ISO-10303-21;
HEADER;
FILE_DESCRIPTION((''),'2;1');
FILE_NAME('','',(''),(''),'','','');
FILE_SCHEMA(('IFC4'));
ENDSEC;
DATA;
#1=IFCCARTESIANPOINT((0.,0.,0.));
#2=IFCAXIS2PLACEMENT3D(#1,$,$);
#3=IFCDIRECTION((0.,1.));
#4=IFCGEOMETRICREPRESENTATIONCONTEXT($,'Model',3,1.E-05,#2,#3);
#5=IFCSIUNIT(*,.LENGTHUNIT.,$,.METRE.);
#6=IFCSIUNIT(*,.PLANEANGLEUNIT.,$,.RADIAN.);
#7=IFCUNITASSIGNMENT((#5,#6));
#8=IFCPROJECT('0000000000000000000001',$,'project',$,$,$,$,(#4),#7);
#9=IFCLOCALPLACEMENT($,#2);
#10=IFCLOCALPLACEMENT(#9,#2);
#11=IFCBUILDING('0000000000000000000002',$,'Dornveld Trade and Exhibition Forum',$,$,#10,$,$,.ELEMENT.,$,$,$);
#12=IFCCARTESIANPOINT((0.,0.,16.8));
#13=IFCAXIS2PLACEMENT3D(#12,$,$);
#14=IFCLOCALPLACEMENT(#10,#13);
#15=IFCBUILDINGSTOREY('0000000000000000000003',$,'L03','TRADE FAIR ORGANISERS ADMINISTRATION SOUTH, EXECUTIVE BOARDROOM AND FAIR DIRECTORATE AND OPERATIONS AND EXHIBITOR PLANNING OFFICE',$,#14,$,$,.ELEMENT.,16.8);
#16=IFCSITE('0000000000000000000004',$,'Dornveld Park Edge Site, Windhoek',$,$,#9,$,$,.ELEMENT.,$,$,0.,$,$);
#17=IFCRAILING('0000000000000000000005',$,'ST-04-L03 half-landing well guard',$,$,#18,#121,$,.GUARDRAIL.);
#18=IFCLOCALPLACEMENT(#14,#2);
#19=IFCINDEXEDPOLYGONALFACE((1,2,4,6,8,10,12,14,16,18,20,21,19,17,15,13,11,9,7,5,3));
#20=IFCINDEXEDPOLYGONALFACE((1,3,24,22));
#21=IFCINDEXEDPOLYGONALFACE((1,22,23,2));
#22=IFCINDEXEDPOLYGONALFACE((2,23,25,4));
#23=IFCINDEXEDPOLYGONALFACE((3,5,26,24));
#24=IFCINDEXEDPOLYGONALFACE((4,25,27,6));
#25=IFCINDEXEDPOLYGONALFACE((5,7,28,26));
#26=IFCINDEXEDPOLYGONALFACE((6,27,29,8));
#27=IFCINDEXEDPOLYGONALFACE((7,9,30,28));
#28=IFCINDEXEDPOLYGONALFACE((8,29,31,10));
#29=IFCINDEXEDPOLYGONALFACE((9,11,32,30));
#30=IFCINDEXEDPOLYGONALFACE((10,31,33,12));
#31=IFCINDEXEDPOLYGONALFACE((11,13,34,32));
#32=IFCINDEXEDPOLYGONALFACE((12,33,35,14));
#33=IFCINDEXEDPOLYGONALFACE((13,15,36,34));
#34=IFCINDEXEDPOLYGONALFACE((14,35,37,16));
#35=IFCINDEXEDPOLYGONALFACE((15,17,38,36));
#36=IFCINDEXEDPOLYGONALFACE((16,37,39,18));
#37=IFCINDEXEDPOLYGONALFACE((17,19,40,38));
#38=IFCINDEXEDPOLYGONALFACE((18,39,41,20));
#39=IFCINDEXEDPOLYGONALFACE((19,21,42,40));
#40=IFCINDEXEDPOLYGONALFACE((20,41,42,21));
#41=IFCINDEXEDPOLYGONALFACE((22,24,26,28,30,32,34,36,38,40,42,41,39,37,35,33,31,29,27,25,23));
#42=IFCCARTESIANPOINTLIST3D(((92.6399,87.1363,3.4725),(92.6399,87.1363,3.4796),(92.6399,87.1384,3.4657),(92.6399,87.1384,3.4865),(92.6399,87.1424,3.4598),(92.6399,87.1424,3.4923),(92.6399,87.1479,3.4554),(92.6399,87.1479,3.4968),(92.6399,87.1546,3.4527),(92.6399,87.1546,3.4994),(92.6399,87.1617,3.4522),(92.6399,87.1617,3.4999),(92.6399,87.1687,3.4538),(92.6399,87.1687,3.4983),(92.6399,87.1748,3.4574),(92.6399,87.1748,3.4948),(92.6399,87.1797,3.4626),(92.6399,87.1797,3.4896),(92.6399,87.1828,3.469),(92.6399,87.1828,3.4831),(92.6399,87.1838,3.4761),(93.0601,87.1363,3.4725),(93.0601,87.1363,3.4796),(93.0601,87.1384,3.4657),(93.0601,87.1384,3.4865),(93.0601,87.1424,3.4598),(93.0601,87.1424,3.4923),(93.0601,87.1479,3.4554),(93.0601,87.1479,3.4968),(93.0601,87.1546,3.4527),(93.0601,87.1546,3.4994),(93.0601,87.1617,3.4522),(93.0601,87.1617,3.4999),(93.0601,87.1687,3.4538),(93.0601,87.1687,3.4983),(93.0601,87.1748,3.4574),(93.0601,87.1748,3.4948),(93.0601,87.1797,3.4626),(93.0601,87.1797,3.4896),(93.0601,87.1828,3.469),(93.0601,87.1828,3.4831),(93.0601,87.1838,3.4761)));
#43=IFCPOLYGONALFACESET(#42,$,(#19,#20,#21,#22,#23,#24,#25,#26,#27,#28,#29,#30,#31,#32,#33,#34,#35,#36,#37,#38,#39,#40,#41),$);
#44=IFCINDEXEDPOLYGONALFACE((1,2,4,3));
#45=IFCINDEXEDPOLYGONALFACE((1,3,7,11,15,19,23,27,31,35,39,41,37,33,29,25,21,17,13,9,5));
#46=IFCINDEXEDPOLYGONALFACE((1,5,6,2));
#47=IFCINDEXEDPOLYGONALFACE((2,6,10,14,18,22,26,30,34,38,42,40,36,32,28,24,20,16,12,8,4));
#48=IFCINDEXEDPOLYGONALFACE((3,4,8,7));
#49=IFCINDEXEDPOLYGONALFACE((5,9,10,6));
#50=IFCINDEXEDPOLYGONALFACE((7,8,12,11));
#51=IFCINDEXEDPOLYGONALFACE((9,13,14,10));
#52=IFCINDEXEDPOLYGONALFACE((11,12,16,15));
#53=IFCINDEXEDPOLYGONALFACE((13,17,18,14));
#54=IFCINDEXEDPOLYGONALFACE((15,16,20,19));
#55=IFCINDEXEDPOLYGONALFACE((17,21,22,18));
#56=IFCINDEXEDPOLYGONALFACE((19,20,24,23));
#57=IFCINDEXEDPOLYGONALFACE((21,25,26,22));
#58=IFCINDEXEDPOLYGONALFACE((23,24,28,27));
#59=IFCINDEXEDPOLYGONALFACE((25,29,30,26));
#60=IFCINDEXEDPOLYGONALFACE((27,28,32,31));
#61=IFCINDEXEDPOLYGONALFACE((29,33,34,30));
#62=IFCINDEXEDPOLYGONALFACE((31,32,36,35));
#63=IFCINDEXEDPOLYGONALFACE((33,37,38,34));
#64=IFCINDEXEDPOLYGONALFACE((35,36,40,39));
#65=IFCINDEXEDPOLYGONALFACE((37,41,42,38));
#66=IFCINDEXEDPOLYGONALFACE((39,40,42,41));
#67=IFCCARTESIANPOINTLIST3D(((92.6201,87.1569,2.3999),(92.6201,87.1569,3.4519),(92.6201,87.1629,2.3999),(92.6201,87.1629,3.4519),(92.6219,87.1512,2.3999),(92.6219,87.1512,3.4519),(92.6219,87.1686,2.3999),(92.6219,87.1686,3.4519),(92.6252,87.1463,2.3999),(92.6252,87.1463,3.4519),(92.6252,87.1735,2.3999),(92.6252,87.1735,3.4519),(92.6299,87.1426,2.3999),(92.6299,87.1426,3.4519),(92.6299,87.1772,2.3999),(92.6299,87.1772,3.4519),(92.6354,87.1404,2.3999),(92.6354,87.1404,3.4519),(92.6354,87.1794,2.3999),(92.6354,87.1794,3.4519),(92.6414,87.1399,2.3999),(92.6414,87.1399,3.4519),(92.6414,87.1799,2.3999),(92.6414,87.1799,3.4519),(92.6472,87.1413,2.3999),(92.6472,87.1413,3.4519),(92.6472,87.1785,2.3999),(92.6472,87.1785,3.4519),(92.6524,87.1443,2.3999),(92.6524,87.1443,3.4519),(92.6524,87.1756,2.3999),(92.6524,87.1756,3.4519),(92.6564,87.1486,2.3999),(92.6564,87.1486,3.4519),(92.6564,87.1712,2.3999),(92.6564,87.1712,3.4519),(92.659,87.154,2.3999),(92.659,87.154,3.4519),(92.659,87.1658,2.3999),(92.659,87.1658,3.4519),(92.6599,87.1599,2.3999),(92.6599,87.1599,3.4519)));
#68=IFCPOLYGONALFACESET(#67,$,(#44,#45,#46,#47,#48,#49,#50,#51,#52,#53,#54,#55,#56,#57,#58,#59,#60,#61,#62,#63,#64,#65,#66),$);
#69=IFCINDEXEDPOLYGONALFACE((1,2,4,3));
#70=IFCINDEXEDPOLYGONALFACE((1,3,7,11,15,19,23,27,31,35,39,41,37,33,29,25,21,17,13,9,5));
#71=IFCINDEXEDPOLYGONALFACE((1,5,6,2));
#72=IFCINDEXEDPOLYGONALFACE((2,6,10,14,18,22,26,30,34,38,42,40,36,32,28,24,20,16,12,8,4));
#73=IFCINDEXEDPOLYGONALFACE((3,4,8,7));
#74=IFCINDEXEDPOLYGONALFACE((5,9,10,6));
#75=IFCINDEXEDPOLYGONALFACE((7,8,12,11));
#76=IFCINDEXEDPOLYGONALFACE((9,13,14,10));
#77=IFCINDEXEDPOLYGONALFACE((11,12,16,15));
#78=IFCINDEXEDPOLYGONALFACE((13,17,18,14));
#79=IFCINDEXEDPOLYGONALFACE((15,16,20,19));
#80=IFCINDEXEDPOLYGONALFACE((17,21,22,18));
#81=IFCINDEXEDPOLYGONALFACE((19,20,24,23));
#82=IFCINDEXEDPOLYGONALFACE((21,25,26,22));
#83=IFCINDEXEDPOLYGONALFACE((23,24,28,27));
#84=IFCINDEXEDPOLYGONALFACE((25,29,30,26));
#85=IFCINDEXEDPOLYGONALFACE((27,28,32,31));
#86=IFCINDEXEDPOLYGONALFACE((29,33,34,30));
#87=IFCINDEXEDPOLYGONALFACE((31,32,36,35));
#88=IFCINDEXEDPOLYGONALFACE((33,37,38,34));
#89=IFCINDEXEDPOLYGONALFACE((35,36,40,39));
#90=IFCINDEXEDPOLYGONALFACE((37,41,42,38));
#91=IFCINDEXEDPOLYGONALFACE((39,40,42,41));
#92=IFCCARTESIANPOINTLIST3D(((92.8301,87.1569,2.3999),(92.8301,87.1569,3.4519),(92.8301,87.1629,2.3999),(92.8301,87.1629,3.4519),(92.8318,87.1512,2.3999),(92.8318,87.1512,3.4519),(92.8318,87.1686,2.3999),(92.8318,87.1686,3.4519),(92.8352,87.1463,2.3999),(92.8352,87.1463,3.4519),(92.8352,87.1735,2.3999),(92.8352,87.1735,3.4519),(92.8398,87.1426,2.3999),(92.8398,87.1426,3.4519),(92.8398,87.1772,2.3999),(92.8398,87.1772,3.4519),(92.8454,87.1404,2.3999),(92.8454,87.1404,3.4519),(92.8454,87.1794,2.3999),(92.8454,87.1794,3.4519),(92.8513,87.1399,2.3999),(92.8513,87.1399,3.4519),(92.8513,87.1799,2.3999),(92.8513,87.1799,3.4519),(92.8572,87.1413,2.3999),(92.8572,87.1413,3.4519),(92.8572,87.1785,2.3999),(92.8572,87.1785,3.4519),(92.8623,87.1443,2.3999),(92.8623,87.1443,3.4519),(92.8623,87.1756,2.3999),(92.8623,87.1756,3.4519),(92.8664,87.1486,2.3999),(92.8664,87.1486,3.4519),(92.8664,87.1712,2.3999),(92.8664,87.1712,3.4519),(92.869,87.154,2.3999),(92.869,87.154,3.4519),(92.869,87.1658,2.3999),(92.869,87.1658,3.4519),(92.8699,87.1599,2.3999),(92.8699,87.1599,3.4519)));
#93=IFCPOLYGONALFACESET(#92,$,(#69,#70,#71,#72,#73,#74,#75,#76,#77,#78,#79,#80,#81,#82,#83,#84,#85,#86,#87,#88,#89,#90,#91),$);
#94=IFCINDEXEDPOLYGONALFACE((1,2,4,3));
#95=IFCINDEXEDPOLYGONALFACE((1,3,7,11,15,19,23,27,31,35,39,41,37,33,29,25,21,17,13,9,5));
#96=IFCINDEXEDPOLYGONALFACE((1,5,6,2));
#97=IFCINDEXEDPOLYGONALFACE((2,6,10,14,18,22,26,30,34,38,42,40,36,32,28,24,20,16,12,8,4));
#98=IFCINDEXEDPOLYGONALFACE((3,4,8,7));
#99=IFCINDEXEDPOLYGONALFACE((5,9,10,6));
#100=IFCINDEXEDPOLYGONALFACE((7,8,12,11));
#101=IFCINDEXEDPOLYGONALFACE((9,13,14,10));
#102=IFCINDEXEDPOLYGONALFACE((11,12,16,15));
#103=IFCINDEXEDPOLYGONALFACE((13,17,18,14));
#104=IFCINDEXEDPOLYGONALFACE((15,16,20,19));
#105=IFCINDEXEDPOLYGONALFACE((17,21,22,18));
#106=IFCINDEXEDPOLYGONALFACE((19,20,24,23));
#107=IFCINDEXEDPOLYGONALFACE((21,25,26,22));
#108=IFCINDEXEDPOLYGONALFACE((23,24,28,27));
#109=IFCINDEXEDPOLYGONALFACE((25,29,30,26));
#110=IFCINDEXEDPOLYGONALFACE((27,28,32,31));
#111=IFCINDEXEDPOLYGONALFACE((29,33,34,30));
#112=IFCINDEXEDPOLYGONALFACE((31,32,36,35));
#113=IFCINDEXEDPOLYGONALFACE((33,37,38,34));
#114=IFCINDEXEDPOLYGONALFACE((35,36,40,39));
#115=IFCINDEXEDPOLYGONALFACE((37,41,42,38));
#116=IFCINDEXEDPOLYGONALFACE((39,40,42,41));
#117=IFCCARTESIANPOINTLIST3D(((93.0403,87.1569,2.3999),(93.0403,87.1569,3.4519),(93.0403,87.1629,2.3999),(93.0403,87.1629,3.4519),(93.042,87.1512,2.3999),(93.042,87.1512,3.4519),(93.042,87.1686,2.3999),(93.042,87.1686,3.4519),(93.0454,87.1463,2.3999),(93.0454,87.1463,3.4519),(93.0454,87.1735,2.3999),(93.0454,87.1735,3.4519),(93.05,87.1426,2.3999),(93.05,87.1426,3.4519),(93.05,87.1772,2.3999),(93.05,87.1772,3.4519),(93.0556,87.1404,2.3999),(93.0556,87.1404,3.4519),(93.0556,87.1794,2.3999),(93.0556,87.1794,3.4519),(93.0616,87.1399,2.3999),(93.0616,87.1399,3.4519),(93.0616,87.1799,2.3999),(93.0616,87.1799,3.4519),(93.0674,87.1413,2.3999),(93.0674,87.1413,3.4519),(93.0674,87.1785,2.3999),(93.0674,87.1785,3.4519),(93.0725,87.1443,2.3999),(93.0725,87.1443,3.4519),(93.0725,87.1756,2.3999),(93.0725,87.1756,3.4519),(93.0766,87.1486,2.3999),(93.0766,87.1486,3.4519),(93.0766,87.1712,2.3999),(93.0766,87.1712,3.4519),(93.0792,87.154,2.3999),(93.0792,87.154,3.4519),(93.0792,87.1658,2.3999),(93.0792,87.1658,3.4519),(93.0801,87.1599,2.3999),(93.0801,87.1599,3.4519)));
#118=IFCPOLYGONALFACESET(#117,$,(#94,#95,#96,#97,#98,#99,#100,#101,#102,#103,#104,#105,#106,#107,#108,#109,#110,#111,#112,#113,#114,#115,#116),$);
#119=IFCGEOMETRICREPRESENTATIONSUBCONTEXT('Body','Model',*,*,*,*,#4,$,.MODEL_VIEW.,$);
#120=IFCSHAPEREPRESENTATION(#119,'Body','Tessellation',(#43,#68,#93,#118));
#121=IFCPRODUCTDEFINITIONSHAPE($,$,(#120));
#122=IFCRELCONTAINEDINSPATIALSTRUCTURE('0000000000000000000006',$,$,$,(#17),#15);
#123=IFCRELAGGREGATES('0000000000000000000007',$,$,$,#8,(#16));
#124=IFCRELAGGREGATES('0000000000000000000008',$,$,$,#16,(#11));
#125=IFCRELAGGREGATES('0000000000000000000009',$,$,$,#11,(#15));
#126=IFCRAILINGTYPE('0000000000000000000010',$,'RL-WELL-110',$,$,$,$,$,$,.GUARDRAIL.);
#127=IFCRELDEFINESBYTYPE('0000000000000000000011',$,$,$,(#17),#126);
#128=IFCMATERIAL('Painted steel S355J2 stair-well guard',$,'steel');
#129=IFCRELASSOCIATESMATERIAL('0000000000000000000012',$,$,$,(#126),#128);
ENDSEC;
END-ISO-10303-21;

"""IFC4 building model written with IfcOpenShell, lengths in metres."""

from ifc_helpers import new_model, si_unit, direction, frame, origin, origin_2d, place, context, subcontext, project, spatial, circle, extrude, material, type_object, element, save


model = new_model("IFC4")

# Units and contexts
model_context = context("Model", 3, precision=1e-05, world=origin(), true_north=direction((0.0, 1.0)))
body_context = subcontext(model_context, "Body", "Model", "MODEL_VIEW")
ifc_project = project(units=[si_unit("LENGTHUNIT", "METRE"), si_unit("PLANEANGLEUNIT", "RADIAN")], contexts=[model_context])

# Site, building, storey
site_placement = place(None, origin())
site = spatial("IfcSite", under=ifc_project, at=site_placement, Name="Dornveld Park Edge Site, Windhoek", CompositionType="ELEMENT", RefElevation=0.0)
building_placement = place(site_placement, origin())
building = spatial("IfcBuilding", under=site, at=building_placement, Name="Dornveld Trade and Exhibition Forum", CompositionType="ELEMENT")
storey_placement = place(building_placement, frame((0.0, 0.0, 16.8)))
storey = spatial("IfcBuildingStorey", under=building, at=storey_placement, Name="L03", Description="TRADE FAIR ORGANISERS ADMINISTRATION SOUTH, EXECUTIVE BOARDROOM AND FAIR DIRECTORATE AND OPERATIONS AND EXHIBITOR PLANNING OFFICE", CompositionType="ELEMENT", Elevation=16.8)

# Railing
ifc_material_1 = material(Name="Painted steel S355J2 stair-well guard", Category="steel")
railing_type_1 = type_object("IfcRailingType", Name="RL-WELL-110", PredefinedType="GUARDRAIL", material=ifc_material_1)
railing_1_placement = place(storey_placement, frame((92.6399, 87.1599, 2.3999)))
element("IfcRailing", 1, at=railing_1_placement, inside=storey, type_object=railing_type_1, Name="ST-04-L03 half-landing well guard", PredefinedType="GUARDRAIL", context=body_context, shape_type="SweptSolid", body=[
    extrude(circle(Radius=0.0239, at=origin_2d()), frame((0.0, 0.0, 1.0762), z_axis=(1.0, 0.0, 0.0), x_axis=(0.0, 1.0, 0.0)), (0.0, 0.0, 1.0), 0.4202),
    extrude(circle(Radius=0.02, at=origin_2d()), origin(), (0.0, 0.0, 1.0), 1.052),
    extrude(circle(Radius=0.02, at=origin_2d()), frame((0.21, 0.0, 0.0)), (0.0, 0.0, 1.0), 1.052),
    extrude(circle(Radius=0.02, at=origin_2d()), frame((0.4202, 0.0, 0.0)), (0.0, 0.0, 1.0), 1.052),
])

save(model, "model.ifc")
